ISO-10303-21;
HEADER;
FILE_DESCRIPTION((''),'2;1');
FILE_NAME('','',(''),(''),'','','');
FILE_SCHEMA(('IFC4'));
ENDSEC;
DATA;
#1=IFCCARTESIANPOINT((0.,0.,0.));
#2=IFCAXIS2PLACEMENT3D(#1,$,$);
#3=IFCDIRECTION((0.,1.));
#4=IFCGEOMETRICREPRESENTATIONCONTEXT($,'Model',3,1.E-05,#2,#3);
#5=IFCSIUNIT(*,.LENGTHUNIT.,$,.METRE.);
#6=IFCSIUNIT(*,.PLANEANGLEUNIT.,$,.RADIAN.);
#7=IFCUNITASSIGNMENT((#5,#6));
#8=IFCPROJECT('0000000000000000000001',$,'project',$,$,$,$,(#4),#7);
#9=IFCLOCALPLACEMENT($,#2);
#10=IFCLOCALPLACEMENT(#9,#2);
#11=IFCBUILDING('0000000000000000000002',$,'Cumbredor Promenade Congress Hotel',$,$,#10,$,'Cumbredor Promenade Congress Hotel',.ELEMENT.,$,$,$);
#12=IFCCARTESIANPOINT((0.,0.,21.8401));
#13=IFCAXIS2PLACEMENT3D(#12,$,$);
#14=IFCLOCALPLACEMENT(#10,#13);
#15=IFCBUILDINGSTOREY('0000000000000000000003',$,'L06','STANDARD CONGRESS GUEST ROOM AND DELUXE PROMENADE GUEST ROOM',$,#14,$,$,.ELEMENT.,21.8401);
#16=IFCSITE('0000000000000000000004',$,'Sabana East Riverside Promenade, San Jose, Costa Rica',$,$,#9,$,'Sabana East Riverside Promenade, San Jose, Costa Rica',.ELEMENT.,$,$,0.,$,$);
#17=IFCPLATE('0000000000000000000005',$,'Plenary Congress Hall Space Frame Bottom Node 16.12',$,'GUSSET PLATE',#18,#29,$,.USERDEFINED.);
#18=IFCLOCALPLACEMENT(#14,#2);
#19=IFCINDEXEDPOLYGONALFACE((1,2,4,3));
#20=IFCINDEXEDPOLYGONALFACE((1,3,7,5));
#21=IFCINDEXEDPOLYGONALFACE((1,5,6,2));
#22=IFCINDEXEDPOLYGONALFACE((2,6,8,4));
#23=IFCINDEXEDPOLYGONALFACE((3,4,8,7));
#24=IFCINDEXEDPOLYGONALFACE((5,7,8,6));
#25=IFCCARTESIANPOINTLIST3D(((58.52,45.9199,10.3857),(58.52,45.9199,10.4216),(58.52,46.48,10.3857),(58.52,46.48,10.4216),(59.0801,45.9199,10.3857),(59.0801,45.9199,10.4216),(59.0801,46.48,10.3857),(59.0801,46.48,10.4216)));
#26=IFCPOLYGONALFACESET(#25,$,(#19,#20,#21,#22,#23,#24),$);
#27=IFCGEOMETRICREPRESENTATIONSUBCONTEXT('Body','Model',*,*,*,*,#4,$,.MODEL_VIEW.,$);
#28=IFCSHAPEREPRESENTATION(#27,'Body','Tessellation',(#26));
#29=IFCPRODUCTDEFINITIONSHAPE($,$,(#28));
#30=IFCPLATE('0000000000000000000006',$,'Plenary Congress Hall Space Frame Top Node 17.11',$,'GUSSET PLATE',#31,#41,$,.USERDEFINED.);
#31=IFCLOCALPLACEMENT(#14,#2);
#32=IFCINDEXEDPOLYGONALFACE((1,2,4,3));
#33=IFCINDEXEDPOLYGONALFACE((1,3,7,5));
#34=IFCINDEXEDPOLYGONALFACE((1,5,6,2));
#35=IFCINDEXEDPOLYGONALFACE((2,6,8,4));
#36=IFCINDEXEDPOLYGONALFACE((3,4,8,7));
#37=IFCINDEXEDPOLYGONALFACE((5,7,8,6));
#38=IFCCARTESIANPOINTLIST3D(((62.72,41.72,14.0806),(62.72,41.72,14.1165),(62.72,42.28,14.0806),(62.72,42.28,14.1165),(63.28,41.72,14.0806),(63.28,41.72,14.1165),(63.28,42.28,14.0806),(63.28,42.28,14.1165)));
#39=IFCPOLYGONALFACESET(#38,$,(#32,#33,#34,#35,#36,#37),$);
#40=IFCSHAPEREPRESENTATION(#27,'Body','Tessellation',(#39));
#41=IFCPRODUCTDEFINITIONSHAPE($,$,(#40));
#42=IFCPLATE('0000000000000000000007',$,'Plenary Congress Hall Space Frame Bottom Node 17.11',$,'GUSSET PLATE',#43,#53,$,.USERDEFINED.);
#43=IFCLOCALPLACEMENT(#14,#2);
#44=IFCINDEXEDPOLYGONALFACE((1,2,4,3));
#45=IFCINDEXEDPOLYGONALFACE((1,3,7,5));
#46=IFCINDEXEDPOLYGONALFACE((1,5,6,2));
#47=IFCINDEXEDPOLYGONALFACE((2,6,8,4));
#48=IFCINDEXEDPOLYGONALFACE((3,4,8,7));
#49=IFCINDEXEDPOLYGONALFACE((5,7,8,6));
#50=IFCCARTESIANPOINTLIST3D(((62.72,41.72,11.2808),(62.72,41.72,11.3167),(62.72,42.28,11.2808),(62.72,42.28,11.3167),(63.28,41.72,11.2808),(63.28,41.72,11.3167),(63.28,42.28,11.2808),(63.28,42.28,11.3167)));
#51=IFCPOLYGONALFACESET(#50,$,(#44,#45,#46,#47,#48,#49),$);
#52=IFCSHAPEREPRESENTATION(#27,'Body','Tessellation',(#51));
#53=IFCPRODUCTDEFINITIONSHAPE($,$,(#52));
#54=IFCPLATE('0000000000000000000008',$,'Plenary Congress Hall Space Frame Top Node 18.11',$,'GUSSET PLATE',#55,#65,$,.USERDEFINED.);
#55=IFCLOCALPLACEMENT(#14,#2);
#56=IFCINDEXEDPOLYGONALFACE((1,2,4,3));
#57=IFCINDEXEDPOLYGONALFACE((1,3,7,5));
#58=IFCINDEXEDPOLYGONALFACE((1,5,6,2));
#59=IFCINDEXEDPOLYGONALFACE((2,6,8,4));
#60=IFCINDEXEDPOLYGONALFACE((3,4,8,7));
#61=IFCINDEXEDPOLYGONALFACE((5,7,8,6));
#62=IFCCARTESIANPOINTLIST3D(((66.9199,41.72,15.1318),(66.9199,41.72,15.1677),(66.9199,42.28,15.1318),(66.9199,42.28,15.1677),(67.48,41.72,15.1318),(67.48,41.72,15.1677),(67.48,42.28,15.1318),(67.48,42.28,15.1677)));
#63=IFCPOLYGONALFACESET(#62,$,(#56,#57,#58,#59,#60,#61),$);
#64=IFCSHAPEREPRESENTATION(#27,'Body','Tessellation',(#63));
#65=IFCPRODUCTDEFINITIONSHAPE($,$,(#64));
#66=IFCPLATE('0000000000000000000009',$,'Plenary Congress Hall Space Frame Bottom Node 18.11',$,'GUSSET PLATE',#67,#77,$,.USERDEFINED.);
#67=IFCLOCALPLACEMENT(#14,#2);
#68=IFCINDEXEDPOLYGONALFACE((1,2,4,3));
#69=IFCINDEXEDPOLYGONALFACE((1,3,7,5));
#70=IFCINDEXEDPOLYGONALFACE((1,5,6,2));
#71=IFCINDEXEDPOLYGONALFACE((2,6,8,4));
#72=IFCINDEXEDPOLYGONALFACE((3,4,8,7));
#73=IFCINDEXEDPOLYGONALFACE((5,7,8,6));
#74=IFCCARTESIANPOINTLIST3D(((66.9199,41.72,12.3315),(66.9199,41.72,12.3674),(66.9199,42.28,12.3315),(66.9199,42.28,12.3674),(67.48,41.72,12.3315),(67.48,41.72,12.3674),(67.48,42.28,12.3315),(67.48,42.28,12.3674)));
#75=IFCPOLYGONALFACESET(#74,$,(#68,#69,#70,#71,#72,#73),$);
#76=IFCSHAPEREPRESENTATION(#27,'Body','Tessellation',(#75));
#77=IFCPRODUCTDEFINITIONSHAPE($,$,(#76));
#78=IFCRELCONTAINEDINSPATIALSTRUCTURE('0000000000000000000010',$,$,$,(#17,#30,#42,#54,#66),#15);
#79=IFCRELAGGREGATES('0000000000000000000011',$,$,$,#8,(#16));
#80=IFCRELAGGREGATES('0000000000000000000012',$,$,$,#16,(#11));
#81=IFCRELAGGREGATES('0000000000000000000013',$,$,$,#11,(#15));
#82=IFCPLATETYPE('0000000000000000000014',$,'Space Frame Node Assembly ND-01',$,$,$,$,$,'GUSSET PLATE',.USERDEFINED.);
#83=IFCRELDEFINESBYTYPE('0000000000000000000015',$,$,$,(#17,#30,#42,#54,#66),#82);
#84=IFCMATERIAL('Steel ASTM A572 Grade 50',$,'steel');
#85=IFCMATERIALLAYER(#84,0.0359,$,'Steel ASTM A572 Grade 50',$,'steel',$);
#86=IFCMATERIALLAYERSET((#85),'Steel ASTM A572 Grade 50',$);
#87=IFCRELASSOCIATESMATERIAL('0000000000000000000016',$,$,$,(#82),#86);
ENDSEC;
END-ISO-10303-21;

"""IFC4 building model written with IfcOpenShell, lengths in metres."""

from ifc_helpers import new_model, si_unit, direction, frame, origin, origin_2d, place, context, subcontext, project, spatial, rectangle, extrude, material, layer, layer_set, type_object, element, save


model = new_model("IFC4")

# Units and contexts
model_context = context("Model", 3, precision=1e-05, world=origin(), true_north=direction((0.0, 1.0)))
body_context = subcontext(model_context, "Body", "Model", "MODEL_VIEW")
ifc_project = project(units=[si_unit("LENGTHUNIT", "METRE"), si_unit("PLANEANGLEUNIT", "RADIAN")], contexts=[model_context])

# Site, building, storey
site_placement = place(None, origin())
site = spatial("IfcSite", under=ifc_project, at=site_placement, Name="Sabana East Riverside Promenade, San Jose, Costa Rica", LongName="Sabana East Riverside Promenade, San Jose, Costa Rica", CompositionType="ELEMENT", RefElevation=0.0)
building_placement = place(site_placement, origin())
building = spatial("IfcBuilding", under=site, at=building_placement, Name="Cumbredor Promenade Congress Hotel", LongName="Cumbredor Promenade Congress Hotel", CompositionType="ELEMENT")
storey_placement = place(building_placement, frame((0.0, 0.0, 21.8401)))
storey = spatial("IfcBuildingStorey", under=building, at=storey_placement, Name="L06", Description="STANDARD CONGRESS GUEST ROOM AND DELUXE PROMENADE GUEST ROOM", CompositionType="ELEMENT", Elevation=21.8401)

# Plates
ifc_material_1 = material(Name="Steel ASTM A572 Grade 50", Category="steel")
ifc_layer = layer(ifc_material_1, 0.0359, Name="Steel ASTM A572 Grade 50", Category="steel")
ifc_layer_set = layer_set([ifc_layer], Name="Steel ASTM A572 Grade 50")
plate_type = type_object("IfcPlateType", Name="Space Frame Node Assembly ND-01", ElementType="GUSSET PLATE", PredefinedType="USERDEFINED", material=ifc_layer_set)
for number, where, z_axis, x_axis, name in (
    (1, (58.8, 46.2, 10.3857), (0.0, 0.0, 1.0), (1.0, 0.0, 0.0), "Plenary Congress Hall Space Frame Bottom Node 16.12"),
    (2, (63.0, 42.0, 14.0806), (0.0, 0.0, 1.0), (1.0, 0.0, 0.0), "Plenary Congress Hall Space Frame Top Node 17.11"),
    (3, (63.0, 42.0, 11.2808), (0.0, 0.0, 1.0), (1.0, 0.0, 0.0), "Plenary Congress Hall Space Frame Bottom Node 17.11"),
    (4, (67.2, 42.0, 15.1318), (0.0, 0.0, 1.0), (1.0, 0.0, 0.0), "Plenary Congress Hall Space Frame Top Node 18.11"),
    (5, (67.2, 42.0, 12.3315), (0.0, 0.0, 1.0), (1.0, 0.0, 0.0), "Plenary Congress Hall Space Frame Bottom Node 18.11"),
):
    element("IfcPlate", number, at=place(storey_placement, frame(where, z_axis=z_axis, x_axis=x_axis)), inside=storey, type_object=plate_type, Name=name, ObjectType="GUSSET PLATE", PredefinedType="USERDEFINED", context=body_context, shape_type="SweptSolid", body=[
        extrude(rectangle(XDim=0.5601, YDim=0.5601, at=origin_2d()), origin(), (0.0, 0.0, 1.0), 0.0359),
    ])

save(model, "model.ifc")
